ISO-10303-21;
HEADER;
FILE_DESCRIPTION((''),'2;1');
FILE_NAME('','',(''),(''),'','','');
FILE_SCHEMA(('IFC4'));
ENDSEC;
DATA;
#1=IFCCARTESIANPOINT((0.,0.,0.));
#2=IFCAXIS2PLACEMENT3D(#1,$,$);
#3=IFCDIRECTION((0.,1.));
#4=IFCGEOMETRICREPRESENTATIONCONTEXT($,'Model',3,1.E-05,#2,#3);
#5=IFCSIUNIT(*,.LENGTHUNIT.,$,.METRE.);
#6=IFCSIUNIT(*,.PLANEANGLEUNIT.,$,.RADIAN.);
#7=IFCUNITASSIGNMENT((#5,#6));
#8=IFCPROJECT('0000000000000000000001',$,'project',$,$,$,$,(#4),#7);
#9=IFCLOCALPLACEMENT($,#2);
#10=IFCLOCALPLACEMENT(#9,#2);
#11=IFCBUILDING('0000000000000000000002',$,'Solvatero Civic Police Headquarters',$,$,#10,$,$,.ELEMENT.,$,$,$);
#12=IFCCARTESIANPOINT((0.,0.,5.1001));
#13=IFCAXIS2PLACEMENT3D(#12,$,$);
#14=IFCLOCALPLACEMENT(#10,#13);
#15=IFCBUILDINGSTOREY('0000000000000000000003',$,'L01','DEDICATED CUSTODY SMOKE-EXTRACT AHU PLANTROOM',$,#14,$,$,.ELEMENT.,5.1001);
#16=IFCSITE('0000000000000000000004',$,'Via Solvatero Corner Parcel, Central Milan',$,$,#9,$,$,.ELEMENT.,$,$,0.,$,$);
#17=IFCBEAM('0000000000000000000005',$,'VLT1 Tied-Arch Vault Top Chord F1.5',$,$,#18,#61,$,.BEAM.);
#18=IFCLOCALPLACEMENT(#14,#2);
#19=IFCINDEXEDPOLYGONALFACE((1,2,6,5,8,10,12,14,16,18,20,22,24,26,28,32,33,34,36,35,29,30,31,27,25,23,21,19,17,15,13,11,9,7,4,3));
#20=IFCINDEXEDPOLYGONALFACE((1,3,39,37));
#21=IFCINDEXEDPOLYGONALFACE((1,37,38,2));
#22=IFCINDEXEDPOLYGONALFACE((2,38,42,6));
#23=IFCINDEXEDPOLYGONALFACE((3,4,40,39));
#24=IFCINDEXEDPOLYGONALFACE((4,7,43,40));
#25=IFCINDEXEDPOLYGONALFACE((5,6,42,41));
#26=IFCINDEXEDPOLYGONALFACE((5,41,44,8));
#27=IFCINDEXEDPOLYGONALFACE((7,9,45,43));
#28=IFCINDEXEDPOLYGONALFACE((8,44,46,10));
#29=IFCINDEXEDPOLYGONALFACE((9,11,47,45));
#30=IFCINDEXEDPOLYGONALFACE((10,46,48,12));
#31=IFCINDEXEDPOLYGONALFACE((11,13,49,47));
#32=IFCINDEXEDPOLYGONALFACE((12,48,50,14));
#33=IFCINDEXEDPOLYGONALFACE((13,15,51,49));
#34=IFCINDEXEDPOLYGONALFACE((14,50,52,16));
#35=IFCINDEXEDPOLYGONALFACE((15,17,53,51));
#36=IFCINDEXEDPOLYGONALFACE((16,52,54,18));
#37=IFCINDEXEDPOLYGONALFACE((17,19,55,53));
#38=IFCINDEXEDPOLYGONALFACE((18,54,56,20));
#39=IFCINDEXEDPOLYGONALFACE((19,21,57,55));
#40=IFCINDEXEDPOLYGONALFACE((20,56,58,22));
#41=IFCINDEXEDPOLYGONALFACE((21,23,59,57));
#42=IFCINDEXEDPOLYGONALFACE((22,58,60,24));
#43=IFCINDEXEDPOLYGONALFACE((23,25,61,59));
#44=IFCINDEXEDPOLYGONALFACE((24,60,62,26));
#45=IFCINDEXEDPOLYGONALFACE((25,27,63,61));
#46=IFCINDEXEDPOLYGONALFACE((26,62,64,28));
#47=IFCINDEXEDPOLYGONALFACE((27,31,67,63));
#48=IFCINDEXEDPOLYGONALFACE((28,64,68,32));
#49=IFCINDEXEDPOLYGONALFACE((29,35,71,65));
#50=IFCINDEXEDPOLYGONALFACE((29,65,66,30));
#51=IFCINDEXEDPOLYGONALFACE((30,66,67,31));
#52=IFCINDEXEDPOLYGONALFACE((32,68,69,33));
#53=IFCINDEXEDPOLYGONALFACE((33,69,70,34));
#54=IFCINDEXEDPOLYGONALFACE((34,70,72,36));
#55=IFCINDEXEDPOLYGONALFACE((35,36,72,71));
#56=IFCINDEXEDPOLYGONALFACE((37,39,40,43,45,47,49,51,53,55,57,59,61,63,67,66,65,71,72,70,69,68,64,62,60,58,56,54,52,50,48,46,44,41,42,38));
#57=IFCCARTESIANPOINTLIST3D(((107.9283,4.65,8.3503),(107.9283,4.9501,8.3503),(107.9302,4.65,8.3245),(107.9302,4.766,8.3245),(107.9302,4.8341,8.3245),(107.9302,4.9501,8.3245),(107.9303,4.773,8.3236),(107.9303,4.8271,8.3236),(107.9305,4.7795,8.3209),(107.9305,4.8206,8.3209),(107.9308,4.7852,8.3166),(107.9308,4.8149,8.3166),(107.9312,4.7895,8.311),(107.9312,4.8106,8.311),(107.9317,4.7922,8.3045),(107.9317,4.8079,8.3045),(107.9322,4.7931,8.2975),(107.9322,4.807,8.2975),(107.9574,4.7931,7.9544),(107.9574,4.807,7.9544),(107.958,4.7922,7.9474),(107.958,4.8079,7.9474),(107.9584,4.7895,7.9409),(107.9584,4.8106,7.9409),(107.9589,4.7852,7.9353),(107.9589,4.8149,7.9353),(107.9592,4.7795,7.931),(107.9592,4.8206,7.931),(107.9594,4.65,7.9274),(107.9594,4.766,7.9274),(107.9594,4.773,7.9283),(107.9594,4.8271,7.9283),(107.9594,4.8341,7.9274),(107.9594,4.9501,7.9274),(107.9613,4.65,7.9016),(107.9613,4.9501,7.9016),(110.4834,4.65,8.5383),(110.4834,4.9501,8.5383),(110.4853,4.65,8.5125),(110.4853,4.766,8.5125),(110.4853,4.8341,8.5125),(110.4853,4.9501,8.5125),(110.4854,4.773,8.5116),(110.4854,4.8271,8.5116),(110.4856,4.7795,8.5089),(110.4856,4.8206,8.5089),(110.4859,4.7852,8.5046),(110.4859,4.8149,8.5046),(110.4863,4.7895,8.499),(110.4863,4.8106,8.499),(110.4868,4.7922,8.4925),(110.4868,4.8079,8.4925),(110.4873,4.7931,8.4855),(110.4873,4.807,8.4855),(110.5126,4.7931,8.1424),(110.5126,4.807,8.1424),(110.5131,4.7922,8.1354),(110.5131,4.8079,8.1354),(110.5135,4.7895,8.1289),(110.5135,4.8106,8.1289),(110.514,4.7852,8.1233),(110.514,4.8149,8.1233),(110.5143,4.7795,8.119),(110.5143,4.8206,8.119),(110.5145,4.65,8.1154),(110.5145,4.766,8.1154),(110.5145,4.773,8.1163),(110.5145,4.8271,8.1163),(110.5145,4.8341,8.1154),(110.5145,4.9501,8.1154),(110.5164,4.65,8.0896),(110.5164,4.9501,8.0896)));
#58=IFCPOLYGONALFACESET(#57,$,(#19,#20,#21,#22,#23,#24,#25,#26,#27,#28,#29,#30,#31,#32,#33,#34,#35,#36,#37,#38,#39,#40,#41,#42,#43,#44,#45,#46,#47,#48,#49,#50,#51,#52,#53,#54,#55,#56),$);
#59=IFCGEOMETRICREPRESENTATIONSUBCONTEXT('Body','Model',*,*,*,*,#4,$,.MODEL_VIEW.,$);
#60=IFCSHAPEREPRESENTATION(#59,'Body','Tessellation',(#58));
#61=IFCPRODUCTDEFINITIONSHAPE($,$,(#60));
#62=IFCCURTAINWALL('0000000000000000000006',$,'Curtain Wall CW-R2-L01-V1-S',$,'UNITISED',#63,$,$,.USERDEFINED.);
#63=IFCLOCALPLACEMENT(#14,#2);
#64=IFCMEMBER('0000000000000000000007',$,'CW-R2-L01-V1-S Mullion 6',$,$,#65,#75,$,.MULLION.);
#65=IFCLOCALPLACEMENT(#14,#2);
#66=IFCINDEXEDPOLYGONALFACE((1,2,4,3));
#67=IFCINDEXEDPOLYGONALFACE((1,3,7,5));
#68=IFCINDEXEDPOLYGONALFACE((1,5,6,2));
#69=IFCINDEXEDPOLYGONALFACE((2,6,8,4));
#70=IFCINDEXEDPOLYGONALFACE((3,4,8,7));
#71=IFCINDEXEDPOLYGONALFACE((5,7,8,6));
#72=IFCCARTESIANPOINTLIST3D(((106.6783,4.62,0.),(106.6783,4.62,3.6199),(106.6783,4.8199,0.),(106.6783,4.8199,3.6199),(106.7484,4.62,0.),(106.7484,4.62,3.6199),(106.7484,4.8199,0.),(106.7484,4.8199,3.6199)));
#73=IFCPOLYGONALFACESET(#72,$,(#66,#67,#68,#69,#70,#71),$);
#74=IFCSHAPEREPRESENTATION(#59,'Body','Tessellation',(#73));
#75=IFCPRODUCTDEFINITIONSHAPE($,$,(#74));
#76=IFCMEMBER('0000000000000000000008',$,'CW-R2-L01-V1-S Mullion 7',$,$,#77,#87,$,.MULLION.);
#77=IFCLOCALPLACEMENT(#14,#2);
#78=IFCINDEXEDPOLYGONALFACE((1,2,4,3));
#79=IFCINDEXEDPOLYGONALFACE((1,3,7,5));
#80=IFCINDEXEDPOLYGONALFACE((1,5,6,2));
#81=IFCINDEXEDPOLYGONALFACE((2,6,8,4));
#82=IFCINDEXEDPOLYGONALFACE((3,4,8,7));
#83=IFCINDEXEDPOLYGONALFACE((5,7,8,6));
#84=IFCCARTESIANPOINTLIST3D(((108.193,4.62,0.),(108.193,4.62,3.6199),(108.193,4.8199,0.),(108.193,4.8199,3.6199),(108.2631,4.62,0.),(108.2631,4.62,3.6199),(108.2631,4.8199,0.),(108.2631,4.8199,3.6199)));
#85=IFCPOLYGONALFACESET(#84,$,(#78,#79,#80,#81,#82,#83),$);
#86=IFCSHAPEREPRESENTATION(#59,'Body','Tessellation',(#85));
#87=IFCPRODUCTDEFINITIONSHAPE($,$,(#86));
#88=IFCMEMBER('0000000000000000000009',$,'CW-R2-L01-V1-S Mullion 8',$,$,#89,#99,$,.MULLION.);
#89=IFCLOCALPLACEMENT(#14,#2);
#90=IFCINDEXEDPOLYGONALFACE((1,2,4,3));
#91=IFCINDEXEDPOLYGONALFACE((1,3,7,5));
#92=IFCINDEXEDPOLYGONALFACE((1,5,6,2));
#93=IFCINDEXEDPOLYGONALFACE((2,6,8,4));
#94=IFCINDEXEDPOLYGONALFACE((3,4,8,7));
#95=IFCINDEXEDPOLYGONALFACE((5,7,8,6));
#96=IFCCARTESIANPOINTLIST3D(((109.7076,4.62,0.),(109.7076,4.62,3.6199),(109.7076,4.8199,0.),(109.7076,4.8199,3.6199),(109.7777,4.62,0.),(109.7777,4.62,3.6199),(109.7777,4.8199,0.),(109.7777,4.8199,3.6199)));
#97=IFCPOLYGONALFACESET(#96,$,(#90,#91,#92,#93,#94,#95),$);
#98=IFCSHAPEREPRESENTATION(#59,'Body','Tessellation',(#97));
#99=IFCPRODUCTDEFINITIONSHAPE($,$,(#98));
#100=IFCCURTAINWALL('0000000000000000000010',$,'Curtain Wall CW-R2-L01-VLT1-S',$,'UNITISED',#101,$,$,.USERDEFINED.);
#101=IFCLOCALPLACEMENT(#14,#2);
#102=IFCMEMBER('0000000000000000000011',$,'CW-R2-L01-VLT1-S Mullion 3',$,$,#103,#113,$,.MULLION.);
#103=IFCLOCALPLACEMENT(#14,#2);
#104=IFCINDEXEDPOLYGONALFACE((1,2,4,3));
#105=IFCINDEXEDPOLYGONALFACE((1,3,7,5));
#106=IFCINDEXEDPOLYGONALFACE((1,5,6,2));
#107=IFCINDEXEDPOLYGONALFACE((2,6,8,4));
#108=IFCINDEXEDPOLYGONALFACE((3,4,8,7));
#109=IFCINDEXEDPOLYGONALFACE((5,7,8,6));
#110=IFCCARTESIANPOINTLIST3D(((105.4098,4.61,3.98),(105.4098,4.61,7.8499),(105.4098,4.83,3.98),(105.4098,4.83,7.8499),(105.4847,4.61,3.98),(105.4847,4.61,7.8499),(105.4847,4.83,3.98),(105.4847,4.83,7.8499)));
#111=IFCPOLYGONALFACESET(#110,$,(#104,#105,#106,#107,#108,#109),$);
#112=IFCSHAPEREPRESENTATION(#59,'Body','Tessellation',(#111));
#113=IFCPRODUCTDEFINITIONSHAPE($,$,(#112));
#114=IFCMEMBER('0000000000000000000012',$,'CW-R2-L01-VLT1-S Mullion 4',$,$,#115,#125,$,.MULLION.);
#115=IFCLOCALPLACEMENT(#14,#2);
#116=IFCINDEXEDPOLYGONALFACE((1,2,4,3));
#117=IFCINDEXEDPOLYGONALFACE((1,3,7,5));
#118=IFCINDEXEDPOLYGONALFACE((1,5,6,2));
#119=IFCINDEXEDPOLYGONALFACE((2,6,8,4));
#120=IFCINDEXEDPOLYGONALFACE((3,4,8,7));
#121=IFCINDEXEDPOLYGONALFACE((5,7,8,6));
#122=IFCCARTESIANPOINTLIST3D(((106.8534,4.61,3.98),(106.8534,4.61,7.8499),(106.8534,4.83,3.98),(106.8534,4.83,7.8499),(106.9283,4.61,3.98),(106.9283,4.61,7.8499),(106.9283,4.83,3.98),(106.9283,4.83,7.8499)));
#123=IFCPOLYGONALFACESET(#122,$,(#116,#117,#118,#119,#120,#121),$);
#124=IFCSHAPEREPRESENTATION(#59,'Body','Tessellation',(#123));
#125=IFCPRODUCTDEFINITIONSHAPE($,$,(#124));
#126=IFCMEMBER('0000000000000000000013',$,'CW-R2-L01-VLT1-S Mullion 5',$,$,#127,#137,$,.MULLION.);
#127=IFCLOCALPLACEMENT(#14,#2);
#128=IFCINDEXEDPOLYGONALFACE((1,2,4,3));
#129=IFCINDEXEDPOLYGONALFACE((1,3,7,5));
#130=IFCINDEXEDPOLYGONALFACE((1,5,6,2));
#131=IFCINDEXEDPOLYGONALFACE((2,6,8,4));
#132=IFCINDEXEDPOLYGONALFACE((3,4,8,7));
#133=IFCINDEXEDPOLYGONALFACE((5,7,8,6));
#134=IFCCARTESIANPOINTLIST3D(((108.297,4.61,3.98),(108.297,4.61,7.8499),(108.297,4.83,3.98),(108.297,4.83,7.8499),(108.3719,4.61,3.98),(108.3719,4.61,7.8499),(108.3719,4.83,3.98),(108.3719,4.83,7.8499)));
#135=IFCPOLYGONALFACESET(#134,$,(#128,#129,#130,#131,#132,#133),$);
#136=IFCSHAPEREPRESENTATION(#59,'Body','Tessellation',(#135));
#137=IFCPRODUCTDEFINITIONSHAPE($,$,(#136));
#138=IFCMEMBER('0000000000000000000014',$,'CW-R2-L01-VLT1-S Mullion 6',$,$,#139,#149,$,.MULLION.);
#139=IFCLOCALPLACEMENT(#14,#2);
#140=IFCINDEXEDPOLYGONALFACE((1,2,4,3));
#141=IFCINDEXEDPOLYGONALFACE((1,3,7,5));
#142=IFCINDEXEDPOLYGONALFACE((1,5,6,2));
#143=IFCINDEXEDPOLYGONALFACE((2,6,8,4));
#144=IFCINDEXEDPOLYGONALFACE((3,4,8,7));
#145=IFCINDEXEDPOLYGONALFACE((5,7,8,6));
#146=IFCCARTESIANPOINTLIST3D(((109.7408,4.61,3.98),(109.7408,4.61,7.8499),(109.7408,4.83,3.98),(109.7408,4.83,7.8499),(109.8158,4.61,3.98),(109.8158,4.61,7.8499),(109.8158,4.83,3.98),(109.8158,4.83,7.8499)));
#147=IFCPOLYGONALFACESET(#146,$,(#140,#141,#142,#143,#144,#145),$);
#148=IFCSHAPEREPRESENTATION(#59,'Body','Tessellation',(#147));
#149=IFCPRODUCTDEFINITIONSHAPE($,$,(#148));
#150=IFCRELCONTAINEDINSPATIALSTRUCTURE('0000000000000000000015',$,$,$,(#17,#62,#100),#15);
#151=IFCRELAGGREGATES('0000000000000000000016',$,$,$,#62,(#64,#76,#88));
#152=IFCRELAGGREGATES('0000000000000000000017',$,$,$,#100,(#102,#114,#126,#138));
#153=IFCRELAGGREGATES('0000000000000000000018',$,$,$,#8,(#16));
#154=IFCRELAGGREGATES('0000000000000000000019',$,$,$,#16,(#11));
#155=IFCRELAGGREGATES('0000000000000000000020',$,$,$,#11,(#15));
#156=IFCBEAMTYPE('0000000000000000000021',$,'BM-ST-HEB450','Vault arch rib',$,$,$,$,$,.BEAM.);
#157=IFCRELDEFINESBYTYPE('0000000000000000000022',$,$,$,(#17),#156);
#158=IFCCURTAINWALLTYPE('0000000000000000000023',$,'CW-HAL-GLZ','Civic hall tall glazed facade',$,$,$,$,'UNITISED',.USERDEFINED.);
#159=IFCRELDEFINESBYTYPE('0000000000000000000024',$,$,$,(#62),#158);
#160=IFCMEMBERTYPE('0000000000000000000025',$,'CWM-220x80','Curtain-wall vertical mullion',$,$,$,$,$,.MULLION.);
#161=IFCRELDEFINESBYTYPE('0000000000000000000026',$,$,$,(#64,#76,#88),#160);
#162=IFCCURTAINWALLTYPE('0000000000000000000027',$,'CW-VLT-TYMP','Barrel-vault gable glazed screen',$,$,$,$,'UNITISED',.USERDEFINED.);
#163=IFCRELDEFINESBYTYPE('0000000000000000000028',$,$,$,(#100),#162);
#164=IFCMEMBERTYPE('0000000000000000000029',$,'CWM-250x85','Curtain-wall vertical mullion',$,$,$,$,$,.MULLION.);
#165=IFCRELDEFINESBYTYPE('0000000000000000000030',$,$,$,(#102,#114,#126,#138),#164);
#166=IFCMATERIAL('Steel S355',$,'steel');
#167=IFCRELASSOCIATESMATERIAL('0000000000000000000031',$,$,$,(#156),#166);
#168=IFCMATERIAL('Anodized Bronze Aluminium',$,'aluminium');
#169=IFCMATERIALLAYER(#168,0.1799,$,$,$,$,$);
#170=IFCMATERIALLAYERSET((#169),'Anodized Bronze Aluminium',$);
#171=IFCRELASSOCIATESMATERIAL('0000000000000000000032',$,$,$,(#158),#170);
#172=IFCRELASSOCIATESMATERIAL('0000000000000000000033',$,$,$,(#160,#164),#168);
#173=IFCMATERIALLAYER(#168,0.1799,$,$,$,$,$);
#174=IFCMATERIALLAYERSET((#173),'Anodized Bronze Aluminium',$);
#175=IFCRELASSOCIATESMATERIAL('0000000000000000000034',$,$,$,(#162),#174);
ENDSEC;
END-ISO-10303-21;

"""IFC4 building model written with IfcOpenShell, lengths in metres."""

from ifc_helpers import new_model, si_unit, direction, frame, origin, origin_2d, place, context, subcontext, project, spatial, rectangle, i_section, extrude, material, layer, layer_set, material_profile, profile_set, type_object, element, aggregate, save


model = new_model("IFC4")

# Units and contexts
model_context = context("Model", 3, precision=1e-05, world=origin(), true_north=direction((0.0, 1.0)))
body_context = subcontext(model_context, "Body", "Model", "MODEL_VIEW")
ifc_project = project(units=[si_unit("LENGTHUNIT", "METRE"), si_unit("PLANEANGLEUNIT", "RADIAN")], contexts=[model_context])

# Site, building, storey
site_placement = place(None, origin())
site = spatial("IfcSite", under=ifc_project, at=site_placement, Name="Via Solvatero Corner Parcel, Central Milan", CompositionType="ELEMENT", RefElevation=0.0)
building_placement = place(site_placement, origin())
building = spatial("IfcBuilding", under=site, at=building_placement, Name="Solvatero Civic Police Headquarters", CompositionType="ELEMENT")
storey_placement = place(building_placement, frame((0.0, 0.0, 5.1001)))
storey = spatial("IfcBuildingStorey", under=building, at=storey_placement, Name="L01", Description="DEDICATED CUSTODY SMOKE-EXTRACT AHU PLANTROOM", CompositionType="ELEMENT", Elevation=5.1001)

# Beam
ifc_material_1 = material(Name="Steel S355", Category="steel")
ifc_material_profile_1 = material_profile(ifc_material_1, i_section(OverallWidth=0.3, OverallDepth=0.45, WebThickness=0.0139, FlangeThickness=0.0259, FilletRadius=0.0271, at=origin_2d()), Name="HEB 450")
ifc_profile_set_1 = profile_set([ifc_material_profile_1], Name="Steel S355")
beam_type = type_object("IfcBeamType", Name="BM-ST-HEB450", Description="Vault arch rib", PredefinedType="BEAM", material=ifc_profile_set_1)
beam_placement = place(storey_placement, frame((107.9448, 4.8, 8.126), z_axis=(0.997305, 0.0, 0.073373), x_axis=(0.0, 1.0, 0.0)))
element("IfcBeam", 1, at=beam_placement, inside=storey, type_object=beam_type, Name="VLT1 Tied-Arch Vault Top Chord F1.5", PredefinedType="BEAM", context=body_context, shape_type="SweptSolid", body=[
    extrude(i_section(OverallWidth=0.3, OverallDepth=0.45, WebThickness=0.0139, FlangeThickness=0.0259, FilletRadius=0.0271, at=origin_2d()), origin(), (0.0, 0.0, 1.0), 2.562),
])

# Curtain walls, members
ifc_material_2 = material(Name="Anodized Bronze Aluminium", Category="aluminium")
ifc_layer_1 = layer(ifc_material_2, 0.1799)
ifc_layer_set_1 = layer_set([ifc_layer_1], Name="Anodized Bronze Aluminium")
curtain_wall_type_1 = type_object("IfcCurtainWallType", Name="CW-HAL-GLZ", Description="Civic hall tall glazed facade", ElementType="UNITISED", PredefinedType="USERDEFINED", material=ifc_layer_set_1)
curtain_wall_1_placement = place(storey_placement, origin())
curtain_wall_1 = element("IfcCurtainWall", 2, at=curtain_wall_1_placement, inside=storey, type_object=curtain_wall_type_1, Name="Curtain Wall CW-R2-L01-V1-S", ObjectType="UNITISED", PredefinedType="USERDEFINED")
ifc_material_profile_2 = material_profile(ifc_material_2, rectangle(XDim=0.0701, YDim=0.2, at=origin_2d()), Name="ALU MULLION 70x200")
ifc_profile_set_2 = profile_set([ifc_material_profile_2], Name="Anodized Bronze Aluminium")
member_type_1 = type_object("IfcMemberType", Name="CWM-220x80", Description="Curtain-wall vertical mullion", PredefinedType="MULLION", material=ifc_profile_set_2)
member_1_placement = place(storey_placement, frame((106.7134, 4.72, 0.0), z_axis=(0.0, 0.0, 1.0), x_axis=(1.0, 0.0, 0.0)))
member_1 = element("IfcMember", 3, at=member_1_placement, type_object=member_type_1, Name="CW-R2-L01-V1-S Mullion 6", PredefinedType="MULLION", context=body_context, shape_type="SweptSolid", body=[
    extrude(rectangle(XDim=0.0701, YDim=0.2, at=origin_2d()), origin(), (0.0, 0.0, 1.0), 3.6199),
])
member_2_placement = place(storey_placement, frame((108.228, 4.72, 0.0), z_axis=(0.0, 0.0, 1.0), x_axis=(1.0, 0.0, 0.0)))
member_2 = element("IfcMember", 4, at=member_2_placement, type_object=member_type_1, Name="CW-R2-L01-V1-S Mullion 7", PredefinedType="MULLION", context=body_context, shape_type="SweptSolid", body=[
    extrude(rectangle(XDim=0.0701, YDim=0.2, at=origin_2d()), origin(), (0.0, 0.0, 1.0), 3.6199),
])
member_3_placement = place(storey_placement, frame((109.7427, 4.72, 0.0), z_axis=(0.0, 0.0, 1.0), x_axis=(1.0, 0.0, 0.0)))
member_3 = element("IfcMember", 5, at=member_3_placement, type_object=member_type_1, Name="CW-R2-L01-V1-S Mullion 8", PredefinedType="MULLION", context=body_context, shape_type="SweptSolid", body=[
    extrude(rectangle(XDim=0.0701, YDim=0.2, at=origin_2d()), origin(), (0.0, 0.0, 1.0), 3.6199),
])
ifc_layer_2 = layer(ifc_material_2, 0.1799)
ifc_layer_set_2 = layer_set([ifc_layer_2], Name="Anodized Bronze Aluminium")
curtain_wall_type_2 = type_object("IfcCurtainWallType", Name="CW-VLT-TYMP", Description="Barrel-vault gable glazed screen", ElementType="UNITISED", PredefinedType="USERDEFINED", material=ifc_layer_set_2)
curtain_wall_2_placement = place(storey_placement, origin())
curtain_wall_2 = element("IfcCurtainWall", 6, at=curtain_wall_2_placement, inside=storey, type_object=curtain_wall_type_2, Name="Curtain Wall CW-R2-L01-VLT1-S", ObjectType="UNITISED", PredefinedType="USERDEFINED")
ifc_material_profile_3 = material_profile(ifc_material_2, rectangle(XDim=0.075, YDim=0.22, at=origin_2d()), Name="ALU MULLION 75x220")
ifc_profile_set_3 = profile_set([ifc_material_profile_3], Name="Anodized Bronze Aluminium")
member_type_2 = type_object("IfcMemberType", Name="CWM-250x85", Description="Curtain-wall vertical mullion", PredefinedType="MULLION", material=ifc_profile_set_3)
member_4_placement = place(storey_placement, frame((105.4473, 4.72, 3.98), z_axis=(0.0, 0.0, 1.0), x_axis=(1.0, 0.0, 0.0)))
member_4 = element("IfcMember", 7, at=member_4_placement, type_object=member_type_2, Name="CW-R2-L01-VLT1-S Mullion 3", PredefinedType="MULLION", context=body_context, shape_type="SweptSolid", body=[
    extrude(rectangle(XDim=0.075, YDim=0.22, at=origin_2d()), origin(), (0.0, 0.0, 1.0), 3.8699),
])
member_5_placement = place(storey_placement, frame((106.8909, 4.72, 3.98), z_axis=(0.0, 0.0, 1.0), x_axis=(1.0, 0.0, 0.0)))
member_5 = element("IfcMember", 8, at=member_5_placement, type_object=member_type_2, Name="CW-R2-L01-VLT1-S Mullion 4", PredefinedType="MULLION", context=body_context, shape_type="SweptSolid", body=[
    extrude(rectangle(XDim=0.075, YDim=0.22, at=origin_2d()), origin(), (0.0, 0.0, 1.0), 3.8699),
])
member_6_placement = place(storey_placement, frame((108.3345, 4.72, 3.98), z_axis=(0.0, 0.0, 1.0), x_axis=(1.0, 0.0, 0.0)))
member_6 = element("IfcMember", 9, at=member_6_placement, type_object=member_type_2, Name="CW-R2-L01-VLT1-S Mullion 5", PredefinedType="MULLION", context=body_context, shape_type="SweptSolid", body=[
    extrude(rectangle(XDim=0.075, YDim=0.22, at=origin_2d()), origin(), (0.0, 0.0, 1.0), 3.8699),
])
member_7_placement = place(storey_placement, frame((109.7783, 4.72, 3.98), z_axis=(0.0, 0.0, 1.0), x_axis=(1.0, 0.0, 0.0)))
member_7 = element("IfcMember", 10, at=member_7_placement, type_object=member_type_2, Name="CW-R2-L01-VLT1-S Mullion 6", PredefinedType="MULLION", context=body_context, shape_type="SweptSolid", body=[
    extrude(rectangle(XDim=0.075, YDim=0.22, at=origin_2d()), origin(), (0.0, 0.0, 1.0), 3.8699),
])

aggregate(curtain_wall_1, [member_1, member_2, member_3])
aggregate(curtain_wall_2, [member_4, member_5, member_6, member_7])

save(model, "model.ifc")
